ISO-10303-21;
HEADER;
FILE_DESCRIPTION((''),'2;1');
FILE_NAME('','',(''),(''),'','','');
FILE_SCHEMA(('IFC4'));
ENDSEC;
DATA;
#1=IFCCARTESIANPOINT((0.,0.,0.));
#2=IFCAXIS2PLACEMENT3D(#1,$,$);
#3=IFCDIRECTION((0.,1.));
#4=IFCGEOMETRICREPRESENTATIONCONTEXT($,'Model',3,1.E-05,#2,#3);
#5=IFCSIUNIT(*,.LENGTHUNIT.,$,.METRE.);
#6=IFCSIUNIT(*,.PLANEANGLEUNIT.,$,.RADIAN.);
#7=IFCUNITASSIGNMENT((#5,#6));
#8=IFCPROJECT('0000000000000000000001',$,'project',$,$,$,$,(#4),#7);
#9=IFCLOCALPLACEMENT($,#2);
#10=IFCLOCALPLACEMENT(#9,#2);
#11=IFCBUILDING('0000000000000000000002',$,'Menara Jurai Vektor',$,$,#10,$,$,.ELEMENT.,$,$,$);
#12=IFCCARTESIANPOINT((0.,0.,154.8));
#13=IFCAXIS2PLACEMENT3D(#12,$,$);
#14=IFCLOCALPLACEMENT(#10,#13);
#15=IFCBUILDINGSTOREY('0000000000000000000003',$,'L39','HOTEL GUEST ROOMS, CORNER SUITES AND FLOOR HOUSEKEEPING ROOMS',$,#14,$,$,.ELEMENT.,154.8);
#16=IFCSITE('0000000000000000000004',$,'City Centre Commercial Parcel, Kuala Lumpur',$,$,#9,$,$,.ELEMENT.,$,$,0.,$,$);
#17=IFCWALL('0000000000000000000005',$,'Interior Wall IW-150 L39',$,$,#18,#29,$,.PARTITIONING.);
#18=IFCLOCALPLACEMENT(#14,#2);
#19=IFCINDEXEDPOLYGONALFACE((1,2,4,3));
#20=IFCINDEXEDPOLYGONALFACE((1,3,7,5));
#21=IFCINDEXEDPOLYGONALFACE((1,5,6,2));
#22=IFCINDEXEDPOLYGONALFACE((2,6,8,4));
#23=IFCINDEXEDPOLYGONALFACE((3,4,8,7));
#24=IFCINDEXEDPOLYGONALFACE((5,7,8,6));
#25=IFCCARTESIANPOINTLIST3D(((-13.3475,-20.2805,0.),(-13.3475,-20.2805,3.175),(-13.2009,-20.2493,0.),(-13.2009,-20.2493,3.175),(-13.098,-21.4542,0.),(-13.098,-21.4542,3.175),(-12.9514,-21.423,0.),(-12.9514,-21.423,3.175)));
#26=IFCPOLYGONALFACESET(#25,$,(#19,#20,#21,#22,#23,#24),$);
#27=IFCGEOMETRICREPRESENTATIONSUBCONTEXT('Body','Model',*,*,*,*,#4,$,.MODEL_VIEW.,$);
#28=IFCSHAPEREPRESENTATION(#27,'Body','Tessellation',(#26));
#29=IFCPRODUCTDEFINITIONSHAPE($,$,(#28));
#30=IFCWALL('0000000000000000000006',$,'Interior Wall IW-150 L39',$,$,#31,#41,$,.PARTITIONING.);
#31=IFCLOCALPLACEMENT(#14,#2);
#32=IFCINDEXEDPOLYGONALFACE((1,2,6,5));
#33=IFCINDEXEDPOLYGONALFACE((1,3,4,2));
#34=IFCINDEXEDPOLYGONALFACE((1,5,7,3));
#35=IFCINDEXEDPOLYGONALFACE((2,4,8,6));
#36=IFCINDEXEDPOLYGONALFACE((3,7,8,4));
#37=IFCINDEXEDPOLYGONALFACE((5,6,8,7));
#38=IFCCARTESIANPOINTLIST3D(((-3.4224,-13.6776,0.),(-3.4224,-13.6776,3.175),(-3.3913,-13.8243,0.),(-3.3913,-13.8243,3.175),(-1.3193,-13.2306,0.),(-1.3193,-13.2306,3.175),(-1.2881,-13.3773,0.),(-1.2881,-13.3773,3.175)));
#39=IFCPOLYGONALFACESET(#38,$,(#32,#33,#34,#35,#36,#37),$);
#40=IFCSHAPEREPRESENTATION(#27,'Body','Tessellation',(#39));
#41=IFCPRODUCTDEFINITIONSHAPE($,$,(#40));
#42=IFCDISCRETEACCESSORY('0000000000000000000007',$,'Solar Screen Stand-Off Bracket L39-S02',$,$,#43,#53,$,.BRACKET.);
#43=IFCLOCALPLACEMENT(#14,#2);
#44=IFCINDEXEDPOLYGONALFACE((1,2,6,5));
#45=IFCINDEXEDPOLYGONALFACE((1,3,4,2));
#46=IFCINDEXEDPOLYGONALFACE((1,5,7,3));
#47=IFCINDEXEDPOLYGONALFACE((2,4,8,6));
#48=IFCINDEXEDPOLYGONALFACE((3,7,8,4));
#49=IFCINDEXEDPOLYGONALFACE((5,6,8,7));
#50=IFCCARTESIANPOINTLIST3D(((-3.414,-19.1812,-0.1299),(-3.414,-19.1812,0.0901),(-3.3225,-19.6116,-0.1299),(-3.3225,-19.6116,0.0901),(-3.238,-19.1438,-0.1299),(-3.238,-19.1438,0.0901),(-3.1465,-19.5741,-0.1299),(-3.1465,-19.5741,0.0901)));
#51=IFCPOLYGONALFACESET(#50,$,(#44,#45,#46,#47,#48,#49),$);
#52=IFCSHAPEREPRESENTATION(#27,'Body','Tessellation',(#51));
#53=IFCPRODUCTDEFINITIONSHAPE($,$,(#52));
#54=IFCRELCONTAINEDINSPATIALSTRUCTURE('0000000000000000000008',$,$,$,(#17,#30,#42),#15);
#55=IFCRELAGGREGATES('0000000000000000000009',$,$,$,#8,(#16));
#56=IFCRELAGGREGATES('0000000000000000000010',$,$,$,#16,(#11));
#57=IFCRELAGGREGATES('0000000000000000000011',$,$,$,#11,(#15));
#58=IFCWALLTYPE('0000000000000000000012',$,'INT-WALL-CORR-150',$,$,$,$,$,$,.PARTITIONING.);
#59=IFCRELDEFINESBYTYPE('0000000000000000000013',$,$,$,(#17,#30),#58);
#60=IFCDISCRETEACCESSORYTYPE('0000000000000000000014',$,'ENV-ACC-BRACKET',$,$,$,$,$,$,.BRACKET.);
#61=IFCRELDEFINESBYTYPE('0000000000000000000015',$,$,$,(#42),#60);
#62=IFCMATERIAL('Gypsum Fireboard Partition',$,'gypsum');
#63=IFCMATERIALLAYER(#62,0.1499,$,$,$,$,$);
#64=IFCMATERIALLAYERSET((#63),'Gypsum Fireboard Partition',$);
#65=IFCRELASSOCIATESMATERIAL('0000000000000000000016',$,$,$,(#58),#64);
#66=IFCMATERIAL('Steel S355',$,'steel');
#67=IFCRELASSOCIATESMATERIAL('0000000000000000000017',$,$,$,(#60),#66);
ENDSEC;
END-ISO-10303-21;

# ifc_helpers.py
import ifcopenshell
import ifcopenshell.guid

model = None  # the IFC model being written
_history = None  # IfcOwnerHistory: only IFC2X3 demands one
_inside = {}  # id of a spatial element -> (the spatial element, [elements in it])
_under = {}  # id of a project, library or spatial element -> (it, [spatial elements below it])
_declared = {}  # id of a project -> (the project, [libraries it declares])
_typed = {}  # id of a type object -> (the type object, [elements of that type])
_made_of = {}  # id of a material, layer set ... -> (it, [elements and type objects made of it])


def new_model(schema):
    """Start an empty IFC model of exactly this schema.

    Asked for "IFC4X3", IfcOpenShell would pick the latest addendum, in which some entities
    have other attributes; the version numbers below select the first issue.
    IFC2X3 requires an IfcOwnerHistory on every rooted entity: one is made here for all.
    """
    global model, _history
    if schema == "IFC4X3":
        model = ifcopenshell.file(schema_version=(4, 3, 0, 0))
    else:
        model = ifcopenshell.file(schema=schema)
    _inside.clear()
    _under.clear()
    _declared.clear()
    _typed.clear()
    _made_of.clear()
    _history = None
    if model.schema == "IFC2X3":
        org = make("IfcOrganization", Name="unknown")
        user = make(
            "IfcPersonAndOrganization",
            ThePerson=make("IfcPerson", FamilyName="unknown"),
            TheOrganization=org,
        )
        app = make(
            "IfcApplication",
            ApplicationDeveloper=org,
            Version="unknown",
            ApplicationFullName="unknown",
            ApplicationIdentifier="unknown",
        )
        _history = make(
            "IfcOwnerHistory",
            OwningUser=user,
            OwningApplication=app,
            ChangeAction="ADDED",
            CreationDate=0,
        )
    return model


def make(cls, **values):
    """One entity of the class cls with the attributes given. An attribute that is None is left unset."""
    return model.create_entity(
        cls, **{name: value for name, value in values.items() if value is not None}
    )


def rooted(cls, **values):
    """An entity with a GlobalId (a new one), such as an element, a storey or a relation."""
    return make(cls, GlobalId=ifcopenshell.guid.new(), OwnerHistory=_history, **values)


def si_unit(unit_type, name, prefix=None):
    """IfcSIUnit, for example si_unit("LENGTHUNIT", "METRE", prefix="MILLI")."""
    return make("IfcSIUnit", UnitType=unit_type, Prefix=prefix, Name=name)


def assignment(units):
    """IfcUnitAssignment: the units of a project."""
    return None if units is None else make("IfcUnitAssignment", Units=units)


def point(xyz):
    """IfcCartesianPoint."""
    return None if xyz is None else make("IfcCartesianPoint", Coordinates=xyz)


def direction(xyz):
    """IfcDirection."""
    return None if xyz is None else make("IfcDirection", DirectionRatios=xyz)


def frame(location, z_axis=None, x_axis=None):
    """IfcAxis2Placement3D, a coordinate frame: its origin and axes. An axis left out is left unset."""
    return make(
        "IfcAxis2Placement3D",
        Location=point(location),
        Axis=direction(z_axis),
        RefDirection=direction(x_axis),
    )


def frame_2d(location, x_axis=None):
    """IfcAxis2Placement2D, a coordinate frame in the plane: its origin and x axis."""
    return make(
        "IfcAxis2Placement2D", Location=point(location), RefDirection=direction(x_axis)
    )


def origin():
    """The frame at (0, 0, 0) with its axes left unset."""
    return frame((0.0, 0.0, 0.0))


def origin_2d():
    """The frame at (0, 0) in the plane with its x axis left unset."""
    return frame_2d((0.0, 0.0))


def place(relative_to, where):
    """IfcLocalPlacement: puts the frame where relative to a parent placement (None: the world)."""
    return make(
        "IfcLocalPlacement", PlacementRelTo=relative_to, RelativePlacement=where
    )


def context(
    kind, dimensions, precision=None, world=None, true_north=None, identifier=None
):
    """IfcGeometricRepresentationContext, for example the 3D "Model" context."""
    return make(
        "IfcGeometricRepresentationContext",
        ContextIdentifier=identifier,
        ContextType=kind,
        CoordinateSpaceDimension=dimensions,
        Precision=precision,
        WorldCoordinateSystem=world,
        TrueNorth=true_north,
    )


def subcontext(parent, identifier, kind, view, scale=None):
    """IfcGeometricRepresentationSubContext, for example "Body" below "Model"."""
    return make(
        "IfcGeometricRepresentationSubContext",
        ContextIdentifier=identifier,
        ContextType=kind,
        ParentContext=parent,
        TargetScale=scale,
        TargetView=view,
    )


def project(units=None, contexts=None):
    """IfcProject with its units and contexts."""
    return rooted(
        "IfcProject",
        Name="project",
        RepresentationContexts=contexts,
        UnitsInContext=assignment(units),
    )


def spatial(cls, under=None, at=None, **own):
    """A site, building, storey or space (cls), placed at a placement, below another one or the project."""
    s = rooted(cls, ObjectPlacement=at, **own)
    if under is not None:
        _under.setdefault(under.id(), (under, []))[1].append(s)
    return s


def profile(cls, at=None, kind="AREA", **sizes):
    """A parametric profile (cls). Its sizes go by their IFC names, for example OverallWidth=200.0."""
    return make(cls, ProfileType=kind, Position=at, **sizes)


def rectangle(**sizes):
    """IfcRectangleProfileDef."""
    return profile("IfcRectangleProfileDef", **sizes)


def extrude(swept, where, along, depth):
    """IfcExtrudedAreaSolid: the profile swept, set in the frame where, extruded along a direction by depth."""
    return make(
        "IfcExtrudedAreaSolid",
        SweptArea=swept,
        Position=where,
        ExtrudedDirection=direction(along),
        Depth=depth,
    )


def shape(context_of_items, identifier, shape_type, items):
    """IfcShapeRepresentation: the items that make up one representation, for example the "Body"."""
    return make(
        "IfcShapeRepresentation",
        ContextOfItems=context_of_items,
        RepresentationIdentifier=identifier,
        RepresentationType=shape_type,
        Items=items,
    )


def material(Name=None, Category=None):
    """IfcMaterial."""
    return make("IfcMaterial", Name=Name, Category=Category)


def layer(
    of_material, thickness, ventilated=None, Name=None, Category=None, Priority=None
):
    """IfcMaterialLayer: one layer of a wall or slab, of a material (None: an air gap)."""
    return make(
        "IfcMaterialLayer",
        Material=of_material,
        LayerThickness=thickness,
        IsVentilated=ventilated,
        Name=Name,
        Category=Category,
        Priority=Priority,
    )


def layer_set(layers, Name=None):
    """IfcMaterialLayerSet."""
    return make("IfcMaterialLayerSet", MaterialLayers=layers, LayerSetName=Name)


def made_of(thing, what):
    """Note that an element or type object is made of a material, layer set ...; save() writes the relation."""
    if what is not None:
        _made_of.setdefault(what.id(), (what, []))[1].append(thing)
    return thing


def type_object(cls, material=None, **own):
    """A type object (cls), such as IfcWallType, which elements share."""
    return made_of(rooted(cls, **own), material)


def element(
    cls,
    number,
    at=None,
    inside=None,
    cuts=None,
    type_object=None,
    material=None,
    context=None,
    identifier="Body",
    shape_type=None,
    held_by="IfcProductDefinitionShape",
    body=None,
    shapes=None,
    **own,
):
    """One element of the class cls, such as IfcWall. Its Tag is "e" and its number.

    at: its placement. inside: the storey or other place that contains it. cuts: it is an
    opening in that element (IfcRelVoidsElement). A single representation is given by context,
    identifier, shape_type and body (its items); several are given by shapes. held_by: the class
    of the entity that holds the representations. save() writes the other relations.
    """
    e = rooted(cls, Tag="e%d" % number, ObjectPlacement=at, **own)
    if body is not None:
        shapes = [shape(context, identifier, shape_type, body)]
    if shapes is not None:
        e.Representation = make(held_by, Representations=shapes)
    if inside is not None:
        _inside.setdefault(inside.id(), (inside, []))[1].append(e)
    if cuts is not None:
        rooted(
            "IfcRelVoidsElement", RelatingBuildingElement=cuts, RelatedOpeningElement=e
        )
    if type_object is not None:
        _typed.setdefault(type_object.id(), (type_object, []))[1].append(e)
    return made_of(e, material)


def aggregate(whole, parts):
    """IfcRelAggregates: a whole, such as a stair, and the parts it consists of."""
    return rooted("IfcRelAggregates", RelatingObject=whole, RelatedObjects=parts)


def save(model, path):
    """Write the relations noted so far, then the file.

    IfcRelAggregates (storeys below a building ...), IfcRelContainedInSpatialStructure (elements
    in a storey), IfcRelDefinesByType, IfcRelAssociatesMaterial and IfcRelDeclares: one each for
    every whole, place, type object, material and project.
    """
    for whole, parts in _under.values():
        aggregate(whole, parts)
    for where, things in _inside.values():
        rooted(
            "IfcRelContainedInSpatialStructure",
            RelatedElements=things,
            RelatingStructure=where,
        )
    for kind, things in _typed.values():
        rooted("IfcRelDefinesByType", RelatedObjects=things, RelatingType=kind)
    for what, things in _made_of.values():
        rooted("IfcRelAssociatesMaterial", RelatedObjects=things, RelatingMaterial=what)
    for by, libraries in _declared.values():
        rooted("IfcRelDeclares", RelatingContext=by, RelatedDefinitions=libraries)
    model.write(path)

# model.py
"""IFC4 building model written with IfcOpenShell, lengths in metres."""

from ifc_helpers import new_model, si_unit, direction, frame, frame_2d, origin, origin_2d, place, context, subcontext, project, spatial, rectangle, extrude, material, layer, layer_set, type_object, element, save


model = new_model("IFC4")

# Units and contexts
model_context = context("Model", 3, precision=1e-05, world=origin(), true_north=direction((0.0, 1.0)))
body_context = subcontext(model_context, "Body", "Model", "MODEL_VIEW")
ifc_project = project(units=[si_unit("LENGTHUNIT", "METRE"), si_unit("PLANEANGLEUNIT", "RADIAN")], contexts=[model_context])

# Site, building, storey
site_placement = place(None, origin())
site = spatial("IfcSite", under=ifc_project, at=site_placement, Name="City Centre Commercial Parcel, Kuala Lumpur", CompositionType="ELEMENT", RefElevation=0.0)
building_placement = place(site_placement, origin())
building = spatial("IfcBuilding", under=site, at=building_placement, Name="Menara Jurai Vektor", CompositionType="ELEMENT")
storey_placement = place(building_placement, frame((0.0, 0.0, 154.8)))
storey = spatial("IfcBuildingStorey", under=building, at=storey_placement, Name="L39", Description="HOTEL GUEST ROOMS, CORNER SUITES AND FLOOR HOUSEKEEPING ROOMS", CompositionType="ELEMENT", Elevation=154.8)

# Shared definitions
ifc_material_1 = material(Name="Steel S355", Category="steel")

# Shared definitions
ifc_material_2 = material(Name="Gypsum Fireboard Partition", Category="gypsum")
ifc_layer_1 = layer(ifc_material_2, 0.1499)
ifc_layer_set_1 = layer_set([ifc_layer_1], Name="Gypsum Fireboard Partition")
wall_type = type_object("IfcWallType", Name="INT-WALL-CORR-150", PredefinedType="PARTITIONING", material=ifc_layer_set_1)

# Walls
wall_1_placement = place(storey_placement, frame((-13.0247, -21.4387, 0.0), z_axis=(0.0, 0.0, 1.0), x_axis=(-0.207917, 0.978146, 0.0)))
element("IfcWall", 1, at=wall_1_placement, inside=storey, type_object=wall_type, Name="Interior Wall IW-150 L39", PredefinedType="PARTITIONING", context=body_context, shape_type="SweptSolid", body=[
    extrude(rectangle(XDim=1.2, YDim=0.1499, at=frame_2d((0.6001, 0.0))), origin(), (0.0, 0.0, 1.0), 3.175),
])
wall_2_placement = place(storey_placement, frame((-3.407, -13.751, 0.0), z_axis=(0.0, 0.0, 1.0), x_axis=(0.978152, 0.207893, 0.0)))
element("IfcWall", 2, at=wall_2_placement, inside=storey, type_object=wall_type, Name="Interior Wall IW-150 L39", PredefinedType="PARTITIONING", context=body_context, shape_type="SweptSolid", body=[
    extrude(rectangle(XDim=2.1501, YDim=0.1499, at=frame_2d((1.0752, 0.0))), origin(), (0.0, 0.0, 1.0), 3.175),
])

# Discrete accessory
discrete_accessory_type = type_object("IfcDiscreteAccessoryType", Name="ENV-ACC-BRACKET", PredefinedType="BRACKET", material=ifc_material_1)
discrete_accessory_placement = place(storey_placement, frame((-3.2803, -19.3777, -0.1299), z_axis=(0.0, 0.0, 1.0), x_axis=(0.978148, 0.207912, 0.0)))
element("IfcDiscreteAccessory", 3, at=discrete_accessory_placement, inside=storey, type_object=discrete_accessory_type, Name="Solar Screen Stand-Off Bracket L39-S02", PredefinedType="BRACKET", context=body_context, shape_type="SweptSolid", body=[
    extrude(rectangle(XDim=0.1799, YDim=0.4399, at=origin_2d()), origin(), (0.0, 0.0, 1.0), 0.22),
])

save(model, "model.ifc")
